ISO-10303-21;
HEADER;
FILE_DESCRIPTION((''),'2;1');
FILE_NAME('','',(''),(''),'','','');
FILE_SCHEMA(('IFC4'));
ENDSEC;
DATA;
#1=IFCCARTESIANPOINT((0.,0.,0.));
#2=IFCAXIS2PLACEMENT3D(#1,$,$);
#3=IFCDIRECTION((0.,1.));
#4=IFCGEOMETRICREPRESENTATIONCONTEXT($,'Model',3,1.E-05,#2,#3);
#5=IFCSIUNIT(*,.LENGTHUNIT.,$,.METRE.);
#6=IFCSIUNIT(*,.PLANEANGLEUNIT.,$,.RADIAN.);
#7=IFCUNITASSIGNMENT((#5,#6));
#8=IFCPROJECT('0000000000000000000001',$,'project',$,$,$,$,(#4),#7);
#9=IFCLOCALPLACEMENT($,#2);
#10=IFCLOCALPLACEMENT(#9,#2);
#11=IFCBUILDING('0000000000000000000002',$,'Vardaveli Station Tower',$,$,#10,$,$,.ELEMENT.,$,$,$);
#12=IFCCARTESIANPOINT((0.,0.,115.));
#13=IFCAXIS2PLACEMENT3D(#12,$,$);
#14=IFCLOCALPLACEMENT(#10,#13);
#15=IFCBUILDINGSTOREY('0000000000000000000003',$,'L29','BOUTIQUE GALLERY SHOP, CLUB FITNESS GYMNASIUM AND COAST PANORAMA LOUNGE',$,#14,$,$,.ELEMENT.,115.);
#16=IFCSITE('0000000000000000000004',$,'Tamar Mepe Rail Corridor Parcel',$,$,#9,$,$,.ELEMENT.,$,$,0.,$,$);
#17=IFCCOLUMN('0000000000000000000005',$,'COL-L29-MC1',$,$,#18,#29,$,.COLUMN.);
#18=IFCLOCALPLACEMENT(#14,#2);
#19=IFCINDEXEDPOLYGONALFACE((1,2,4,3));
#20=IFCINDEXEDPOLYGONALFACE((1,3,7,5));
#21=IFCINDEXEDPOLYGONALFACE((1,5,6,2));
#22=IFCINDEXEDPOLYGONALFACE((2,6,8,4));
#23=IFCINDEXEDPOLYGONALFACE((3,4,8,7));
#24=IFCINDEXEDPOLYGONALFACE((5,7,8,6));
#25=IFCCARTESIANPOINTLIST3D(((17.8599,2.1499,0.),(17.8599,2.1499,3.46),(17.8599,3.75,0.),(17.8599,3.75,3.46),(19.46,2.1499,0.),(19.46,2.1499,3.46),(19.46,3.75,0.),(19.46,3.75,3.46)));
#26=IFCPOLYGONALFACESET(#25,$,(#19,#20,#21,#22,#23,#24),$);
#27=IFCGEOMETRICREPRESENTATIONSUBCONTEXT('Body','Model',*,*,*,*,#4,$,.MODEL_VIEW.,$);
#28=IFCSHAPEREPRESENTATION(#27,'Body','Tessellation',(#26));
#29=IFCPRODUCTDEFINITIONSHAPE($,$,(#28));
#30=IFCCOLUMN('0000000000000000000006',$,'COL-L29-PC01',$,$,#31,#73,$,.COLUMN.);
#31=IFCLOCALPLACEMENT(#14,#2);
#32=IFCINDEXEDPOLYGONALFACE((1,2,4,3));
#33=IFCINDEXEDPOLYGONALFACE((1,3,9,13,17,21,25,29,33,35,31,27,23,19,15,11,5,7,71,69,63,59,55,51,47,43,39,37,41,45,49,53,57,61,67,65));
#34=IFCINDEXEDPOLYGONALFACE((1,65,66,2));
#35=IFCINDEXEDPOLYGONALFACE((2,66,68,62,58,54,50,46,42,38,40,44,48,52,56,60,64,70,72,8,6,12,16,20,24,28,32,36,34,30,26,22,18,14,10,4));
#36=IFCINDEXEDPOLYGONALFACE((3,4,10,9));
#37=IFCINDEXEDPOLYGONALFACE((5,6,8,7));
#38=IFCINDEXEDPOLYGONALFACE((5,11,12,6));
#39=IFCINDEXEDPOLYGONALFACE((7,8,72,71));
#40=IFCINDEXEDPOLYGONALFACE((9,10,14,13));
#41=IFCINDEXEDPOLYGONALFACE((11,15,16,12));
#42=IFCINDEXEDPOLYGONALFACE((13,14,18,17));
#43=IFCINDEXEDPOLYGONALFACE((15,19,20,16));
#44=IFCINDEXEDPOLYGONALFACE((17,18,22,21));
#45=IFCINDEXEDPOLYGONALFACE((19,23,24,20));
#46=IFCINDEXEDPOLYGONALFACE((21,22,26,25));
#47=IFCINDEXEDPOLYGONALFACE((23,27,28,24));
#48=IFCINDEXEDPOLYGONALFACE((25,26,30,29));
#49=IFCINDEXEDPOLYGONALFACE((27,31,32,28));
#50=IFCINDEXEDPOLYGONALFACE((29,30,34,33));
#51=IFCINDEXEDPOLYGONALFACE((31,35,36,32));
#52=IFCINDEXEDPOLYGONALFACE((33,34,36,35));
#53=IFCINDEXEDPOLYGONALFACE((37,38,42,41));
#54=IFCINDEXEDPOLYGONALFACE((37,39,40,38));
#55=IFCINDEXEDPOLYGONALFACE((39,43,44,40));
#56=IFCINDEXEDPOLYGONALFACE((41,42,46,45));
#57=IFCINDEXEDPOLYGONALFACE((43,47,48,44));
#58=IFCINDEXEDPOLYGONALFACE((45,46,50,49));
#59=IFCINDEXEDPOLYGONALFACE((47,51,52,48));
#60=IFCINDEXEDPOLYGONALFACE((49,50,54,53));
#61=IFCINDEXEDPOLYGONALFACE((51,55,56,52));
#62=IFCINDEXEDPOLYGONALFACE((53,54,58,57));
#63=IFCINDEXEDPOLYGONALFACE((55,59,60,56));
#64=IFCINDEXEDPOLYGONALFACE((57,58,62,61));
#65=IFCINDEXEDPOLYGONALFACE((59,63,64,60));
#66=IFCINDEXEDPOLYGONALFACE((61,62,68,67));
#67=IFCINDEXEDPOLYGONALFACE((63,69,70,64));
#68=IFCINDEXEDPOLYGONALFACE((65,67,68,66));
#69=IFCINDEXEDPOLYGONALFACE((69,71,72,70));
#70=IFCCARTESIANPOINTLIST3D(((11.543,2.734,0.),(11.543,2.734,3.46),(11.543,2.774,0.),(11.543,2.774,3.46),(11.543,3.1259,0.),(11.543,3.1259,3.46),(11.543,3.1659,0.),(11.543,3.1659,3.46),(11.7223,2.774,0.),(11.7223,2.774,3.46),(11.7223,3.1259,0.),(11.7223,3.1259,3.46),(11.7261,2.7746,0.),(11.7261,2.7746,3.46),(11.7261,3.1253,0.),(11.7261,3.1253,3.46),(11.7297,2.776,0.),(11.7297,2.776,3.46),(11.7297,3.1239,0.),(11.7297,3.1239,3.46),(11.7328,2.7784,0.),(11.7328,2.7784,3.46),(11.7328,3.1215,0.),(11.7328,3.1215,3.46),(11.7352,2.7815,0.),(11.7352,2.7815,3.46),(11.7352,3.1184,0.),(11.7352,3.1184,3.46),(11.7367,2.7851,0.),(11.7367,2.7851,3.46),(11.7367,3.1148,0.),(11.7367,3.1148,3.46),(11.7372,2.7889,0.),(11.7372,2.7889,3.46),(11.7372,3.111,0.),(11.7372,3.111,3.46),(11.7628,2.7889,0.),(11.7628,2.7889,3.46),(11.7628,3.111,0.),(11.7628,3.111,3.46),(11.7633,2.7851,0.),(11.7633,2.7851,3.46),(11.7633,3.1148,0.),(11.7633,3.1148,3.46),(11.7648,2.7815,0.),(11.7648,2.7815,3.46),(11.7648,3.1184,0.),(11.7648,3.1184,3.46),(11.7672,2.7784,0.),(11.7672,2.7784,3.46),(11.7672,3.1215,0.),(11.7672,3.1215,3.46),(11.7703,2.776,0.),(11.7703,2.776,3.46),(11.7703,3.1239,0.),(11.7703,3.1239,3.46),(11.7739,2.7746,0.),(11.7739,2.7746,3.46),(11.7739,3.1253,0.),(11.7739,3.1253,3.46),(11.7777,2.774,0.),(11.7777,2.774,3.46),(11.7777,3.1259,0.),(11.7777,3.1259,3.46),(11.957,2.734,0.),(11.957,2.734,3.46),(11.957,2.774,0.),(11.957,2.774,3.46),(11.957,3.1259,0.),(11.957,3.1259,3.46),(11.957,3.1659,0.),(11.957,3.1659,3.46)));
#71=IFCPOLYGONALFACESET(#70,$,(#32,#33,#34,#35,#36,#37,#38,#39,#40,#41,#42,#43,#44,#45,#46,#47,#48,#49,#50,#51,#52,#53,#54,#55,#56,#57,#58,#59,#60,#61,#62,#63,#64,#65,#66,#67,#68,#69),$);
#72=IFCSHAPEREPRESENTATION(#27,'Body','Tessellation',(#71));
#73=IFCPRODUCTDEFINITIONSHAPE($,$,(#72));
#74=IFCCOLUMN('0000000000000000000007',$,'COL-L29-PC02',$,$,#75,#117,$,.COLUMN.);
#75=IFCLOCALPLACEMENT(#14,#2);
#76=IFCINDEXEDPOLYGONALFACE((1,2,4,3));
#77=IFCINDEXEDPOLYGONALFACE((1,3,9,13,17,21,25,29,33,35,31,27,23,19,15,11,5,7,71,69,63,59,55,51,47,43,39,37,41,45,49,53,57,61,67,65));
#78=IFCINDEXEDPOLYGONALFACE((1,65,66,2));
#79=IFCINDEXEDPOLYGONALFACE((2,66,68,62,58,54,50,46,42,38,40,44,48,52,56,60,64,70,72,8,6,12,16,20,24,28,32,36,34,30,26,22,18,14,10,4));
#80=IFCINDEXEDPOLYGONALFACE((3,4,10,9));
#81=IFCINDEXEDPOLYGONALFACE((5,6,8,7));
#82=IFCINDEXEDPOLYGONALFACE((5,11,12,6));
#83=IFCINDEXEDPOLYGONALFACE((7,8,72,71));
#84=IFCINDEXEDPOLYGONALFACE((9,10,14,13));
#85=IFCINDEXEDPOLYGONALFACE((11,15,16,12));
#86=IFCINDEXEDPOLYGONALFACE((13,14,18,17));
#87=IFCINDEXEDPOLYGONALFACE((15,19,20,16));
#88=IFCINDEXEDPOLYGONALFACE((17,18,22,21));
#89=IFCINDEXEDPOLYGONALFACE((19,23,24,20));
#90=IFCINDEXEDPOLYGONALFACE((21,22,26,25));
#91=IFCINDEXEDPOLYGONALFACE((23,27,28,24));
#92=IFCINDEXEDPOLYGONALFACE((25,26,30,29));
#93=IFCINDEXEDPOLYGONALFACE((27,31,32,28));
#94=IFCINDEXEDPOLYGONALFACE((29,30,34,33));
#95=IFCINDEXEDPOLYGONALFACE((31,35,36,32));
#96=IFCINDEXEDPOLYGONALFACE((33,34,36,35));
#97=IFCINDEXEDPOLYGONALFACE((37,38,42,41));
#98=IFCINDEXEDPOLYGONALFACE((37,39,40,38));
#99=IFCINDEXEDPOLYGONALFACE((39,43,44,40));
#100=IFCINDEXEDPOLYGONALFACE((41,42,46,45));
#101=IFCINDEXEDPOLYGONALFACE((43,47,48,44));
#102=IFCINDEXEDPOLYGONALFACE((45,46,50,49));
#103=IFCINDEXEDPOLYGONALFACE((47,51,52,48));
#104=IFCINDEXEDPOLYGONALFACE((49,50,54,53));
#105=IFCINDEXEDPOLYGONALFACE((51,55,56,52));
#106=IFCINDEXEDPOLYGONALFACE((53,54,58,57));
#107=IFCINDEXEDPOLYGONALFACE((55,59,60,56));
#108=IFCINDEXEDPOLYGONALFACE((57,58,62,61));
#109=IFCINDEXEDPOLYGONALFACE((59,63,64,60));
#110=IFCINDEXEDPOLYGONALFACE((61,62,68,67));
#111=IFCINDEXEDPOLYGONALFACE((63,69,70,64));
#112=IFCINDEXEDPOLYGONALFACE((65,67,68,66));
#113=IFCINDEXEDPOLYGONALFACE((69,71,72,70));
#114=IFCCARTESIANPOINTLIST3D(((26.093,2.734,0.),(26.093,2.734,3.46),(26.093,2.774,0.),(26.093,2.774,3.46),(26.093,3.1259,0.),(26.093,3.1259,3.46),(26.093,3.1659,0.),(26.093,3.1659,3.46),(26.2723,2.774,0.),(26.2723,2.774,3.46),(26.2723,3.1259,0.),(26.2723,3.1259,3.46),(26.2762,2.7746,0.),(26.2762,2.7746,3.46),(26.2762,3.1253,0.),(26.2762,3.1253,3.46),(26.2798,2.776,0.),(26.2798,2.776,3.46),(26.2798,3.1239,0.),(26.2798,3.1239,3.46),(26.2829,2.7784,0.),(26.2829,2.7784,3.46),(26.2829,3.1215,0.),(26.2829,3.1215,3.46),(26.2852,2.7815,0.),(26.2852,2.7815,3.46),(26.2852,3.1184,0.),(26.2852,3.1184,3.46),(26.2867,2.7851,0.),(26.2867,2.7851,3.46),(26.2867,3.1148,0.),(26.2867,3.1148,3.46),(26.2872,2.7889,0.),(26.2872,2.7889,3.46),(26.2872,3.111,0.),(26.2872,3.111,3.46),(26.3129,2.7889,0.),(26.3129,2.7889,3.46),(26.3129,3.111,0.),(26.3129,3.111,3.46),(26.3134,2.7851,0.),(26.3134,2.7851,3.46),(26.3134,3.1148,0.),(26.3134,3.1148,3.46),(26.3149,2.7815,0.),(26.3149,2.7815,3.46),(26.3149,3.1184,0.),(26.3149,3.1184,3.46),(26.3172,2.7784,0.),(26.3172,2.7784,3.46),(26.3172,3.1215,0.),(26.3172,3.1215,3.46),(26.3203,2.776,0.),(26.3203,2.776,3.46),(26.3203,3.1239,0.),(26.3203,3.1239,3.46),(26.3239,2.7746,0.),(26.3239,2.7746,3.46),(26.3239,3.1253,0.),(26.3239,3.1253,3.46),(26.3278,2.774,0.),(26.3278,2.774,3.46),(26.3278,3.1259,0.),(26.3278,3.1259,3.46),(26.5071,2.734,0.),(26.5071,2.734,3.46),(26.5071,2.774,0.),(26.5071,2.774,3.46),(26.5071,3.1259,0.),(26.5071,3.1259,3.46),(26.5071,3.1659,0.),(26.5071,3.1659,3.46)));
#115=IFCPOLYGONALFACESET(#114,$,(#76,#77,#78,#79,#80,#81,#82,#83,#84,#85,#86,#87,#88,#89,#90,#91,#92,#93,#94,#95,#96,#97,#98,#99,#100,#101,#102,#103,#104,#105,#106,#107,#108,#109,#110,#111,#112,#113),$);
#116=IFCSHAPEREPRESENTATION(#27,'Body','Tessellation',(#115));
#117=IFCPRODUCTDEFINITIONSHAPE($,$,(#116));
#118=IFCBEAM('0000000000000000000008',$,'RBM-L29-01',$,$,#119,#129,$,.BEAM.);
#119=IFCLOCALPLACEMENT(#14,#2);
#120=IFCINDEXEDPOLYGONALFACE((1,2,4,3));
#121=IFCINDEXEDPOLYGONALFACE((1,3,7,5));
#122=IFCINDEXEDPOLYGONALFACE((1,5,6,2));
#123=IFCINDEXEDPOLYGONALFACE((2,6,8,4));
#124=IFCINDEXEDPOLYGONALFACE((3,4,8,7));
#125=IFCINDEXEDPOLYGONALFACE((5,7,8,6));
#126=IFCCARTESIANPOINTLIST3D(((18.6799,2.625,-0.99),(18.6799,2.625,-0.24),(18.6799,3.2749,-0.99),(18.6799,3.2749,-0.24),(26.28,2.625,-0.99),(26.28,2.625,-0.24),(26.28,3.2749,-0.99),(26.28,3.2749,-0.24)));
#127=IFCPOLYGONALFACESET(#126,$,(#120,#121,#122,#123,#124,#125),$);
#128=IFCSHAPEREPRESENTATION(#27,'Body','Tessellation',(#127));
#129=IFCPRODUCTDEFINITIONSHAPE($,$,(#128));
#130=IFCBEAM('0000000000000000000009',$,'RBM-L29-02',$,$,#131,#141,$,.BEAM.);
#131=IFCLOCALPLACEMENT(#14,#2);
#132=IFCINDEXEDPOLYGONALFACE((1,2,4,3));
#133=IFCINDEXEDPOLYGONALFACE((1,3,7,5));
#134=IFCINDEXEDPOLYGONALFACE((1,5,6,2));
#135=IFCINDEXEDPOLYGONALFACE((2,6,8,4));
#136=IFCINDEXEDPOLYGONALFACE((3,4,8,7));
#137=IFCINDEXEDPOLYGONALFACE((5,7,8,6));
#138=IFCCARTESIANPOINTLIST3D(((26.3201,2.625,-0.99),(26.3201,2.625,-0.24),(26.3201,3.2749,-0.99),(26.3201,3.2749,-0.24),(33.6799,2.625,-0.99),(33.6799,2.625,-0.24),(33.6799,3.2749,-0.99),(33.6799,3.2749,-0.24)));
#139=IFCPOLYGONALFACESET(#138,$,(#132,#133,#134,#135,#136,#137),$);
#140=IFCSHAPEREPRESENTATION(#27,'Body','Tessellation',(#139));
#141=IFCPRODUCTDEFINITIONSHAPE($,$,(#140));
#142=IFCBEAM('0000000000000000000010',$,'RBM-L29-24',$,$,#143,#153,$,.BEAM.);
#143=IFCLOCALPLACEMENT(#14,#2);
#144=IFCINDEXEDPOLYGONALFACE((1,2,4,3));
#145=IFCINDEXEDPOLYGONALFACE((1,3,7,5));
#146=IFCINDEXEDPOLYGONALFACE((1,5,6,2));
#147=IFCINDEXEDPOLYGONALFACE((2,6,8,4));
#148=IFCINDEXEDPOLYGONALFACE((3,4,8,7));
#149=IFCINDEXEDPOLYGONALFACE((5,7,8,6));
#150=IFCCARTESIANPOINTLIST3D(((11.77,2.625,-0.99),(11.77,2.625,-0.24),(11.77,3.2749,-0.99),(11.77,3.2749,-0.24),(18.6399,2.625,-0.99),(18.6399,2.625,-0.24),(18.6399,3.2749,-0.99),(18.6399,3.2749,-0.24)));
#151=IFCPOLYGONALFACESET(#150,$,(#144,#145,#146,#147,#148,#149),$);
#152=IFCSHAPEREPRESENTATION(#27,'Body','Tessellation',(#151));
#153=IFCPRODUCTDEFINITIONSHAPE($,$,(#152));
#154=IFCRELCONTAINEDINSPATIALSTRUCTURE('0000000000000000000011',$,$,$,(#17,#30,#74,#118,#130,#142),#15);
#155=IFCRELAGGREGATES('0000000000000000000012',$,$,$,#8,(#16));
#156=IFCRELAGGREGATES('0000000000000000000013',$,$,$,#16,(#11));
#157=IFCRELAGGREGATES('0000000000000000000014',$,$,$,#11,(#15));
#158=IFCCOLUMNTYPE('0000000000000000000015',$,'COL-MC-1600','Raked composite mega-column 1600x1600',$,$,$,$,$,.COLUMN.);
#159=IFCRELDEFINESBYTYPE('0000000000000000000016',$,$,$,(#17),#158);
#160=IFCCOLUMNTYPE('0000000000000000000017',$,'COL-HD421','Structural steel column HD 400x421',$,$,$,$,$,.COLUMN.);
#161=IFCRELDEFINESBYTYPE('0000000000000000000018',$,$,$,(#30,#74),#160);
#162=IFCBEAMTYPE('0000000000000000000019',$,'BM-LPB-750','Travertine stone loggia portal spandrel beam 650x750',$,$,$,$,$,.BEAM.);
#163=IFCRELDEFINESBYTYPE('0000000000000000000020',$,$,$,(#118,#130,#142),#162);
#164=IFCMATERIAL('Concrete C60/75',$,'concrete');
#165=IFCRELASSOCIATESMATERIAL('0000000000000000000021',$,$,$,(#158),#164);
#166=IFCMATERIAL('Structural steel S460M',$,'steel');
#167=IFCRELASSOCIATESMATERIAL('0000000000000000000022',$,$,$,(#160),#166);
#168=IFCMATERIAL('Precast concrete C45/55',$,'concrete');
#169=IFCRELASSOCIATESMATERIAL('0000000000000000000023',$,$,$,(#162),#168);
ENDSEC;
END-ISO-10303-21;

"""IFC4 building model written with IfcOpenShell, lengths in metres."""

from ifc_helpers import new_model, si_unit, direction, frame, origin, origin_2d, place, context, subcontext, project, spatial, rectangle, i_section, extrude, source, transform, mapped, material, material_profile, profile_set, type_object, element, save


model = new_model("IFC4")

# Units and contexts
model_context = context("Model", 3, precision=1e-05, world=origin(), true_north=direction((0.0, 1.0)))
body_context = subcontext(model_context, "Body", "Model", "MODEL_VIEW")
ifc_project = project(units=[si_unit("LENGTHUNIT", "METRE"), si_unit("PLANEANGLEUNIT", "RADIAN")], contexts=[model_context])

# Site, building, storey
site_placement = place(None, origin())
site = spatial("IfcSite", under=ifc_project, at=site_placement, Name="Tamar Mepe Rail Corridor Parcel", CompositionType="ELEMENT", RefElevation=0.0)
building_placement = place(site_placement, origin())
building = spatial("IfcBuilding", under=site, at=building_placement, Name="Vardaveli Station Tower", CompositionType="ELEMENT")
storey_placement = place(building_placement, frame((0.0, 0.0, 115.0)))
storey = spatial("IfcBuildingStorey", under=building, at=storey_placement, Name="L29", Description="BOUTIQUE GALLERY SHOP, CLUB FITNESS GYMNASIUM AND COAST PANORAMA LOUNGE", CompositionType="ELEMENT", Elevation=115.0)

# Columns
ifc_material_1 = material(Name="Concrete C60/75", Category="concrete")
ifc_material_profile_1 = material_profile(ifc_material_1, rectangle(XDim=1.6001, YDim=1.6001, at=origin_2d()), Name="MC 1600x1600")
ifc_profile_set_1 = profile_set([ifc_material_profile_1], Name="Concrete C60/75")
column_type_1 = type_object("IfcColumnType", Name="COL-MC-1600", Description="Raked composite mega-column 1600x1600", PredefinedType="COLUMN", material=ifc_profile_set_1)
shared_shape_1 = source(origin(), body_context, "Body", "SweptSolid", [
    extrude(rectangle(XDim=1.6001, YDim=1.6001, at=origin_2d()), origin(), (0.0, 0.0, 1.0), 3.46),
])
column_placement = place(storey_placement, frame((18.6599, 2.95, 0.0), z_axis=(0.0, 0.0, 1.0), x_axis=(1.0, 0.0, 0.0)))
element("IfcColumn", 1, at=column_placement, inside=storey, type_object=column_type_1, Name="COL-L29-MC1", PredefinedType="COLUMN", context=body_context, shape_type="MappedRepresentation", body=[
    mapped(shared_shape_1, transform((0.0, 0.0, 0.0), scale=1.0)),
])
ifc_material_2 = material(Name="Structural steel S460M", Category="steel")
ifc_material_profile_2 = material_profile(ifc_material_2, i_section(OverallWidth=0.4141, OverallDepth=0.4319, WebThickness=0.0256, FlangeThickness=0.04, FilletRadius=0.0149, at=origin_2d()), Name="HD 400x421")
ifc_profile_set_2 = profile_set([ifc_material_profile_2], Name="Structural steel S460M")
column_type_2 = type_object("IfcColumnType", Name="COL-HD421", Description="Structural steel column HD 400x421", PredefinedType="COLUMN", material=ifc_profile_set_2)
shared_shape_2 = source(origin(), body_context, "Body", "SweptSolid", [
    extrude(i_section(OverallWidth=0.4141, OverallDepth=0.4319, WebThickness=0.0256, FlangeThickness=0.04, FilletRadius=0.0149, at=origin_2d()), origin(), (0.0, 0.0, 1.0), 3.46),
])
for number, where, z_axis, x_axis, name in (
    (2, (11.75, 2.95, 0.0), (0.0, 0.0, 1.0), (1.0, 0.0, 0.0), "COL-L29-PC01"),
    (3, (26.3, 2.95, 0.0), (0.0, 0.0, 1.0), (1.0, 0.0, 0.0), "COL-L29-PC02"),
):
    element("IfcColumn", number, at=place(storey_placement, frame(where, z_axis=z_axis, x_axis=x_axis)), inside=storey, type_object=column_type_2, Name=name, PredefinedType="COLUMN", context=body_context, shape_type="MappedRepresentation", body=[
        mapped(shared_shape_2, transform((0.0, 0.0, 0.0), scale=1.0)),
    ])

# Beams
ifc_material_3 = material(Name="Precast concrete C45/55", Category="concrete")
ifc_material_profile_3 = material_profile(ifc_material_3, rectangle(XDim=0.6499, YDim=0.75, at=origin_2d()), Name="LPB 650x750")
ifc_profile_set_3 = profile_set([ifc_material_profile_3], Name="Precast concrete C45/55")
beam_type_1 = type_object("IfcBeamType", Name="BM-LPB-750", Description="Travertine stone loggia portal spandrel beam 650x750", PredefinedType="BEAM", material=ifc_profile_set_3)
shared_shape_3 = source(origin(), body_context, "Body", "SweptSolid", [
    extrude(rectangle(XDim=0.6499, YDim=0.75, at=origin_2d()), origin(), (0.0, 0.0, 1.0), 7.6001),
])
beam_1_placement = place(storey_placement, frame((18.6799, 2.95, -0.615), z_axis=(1.0, 0.0, 0.0), x_axis=(0.0, 1.0, 0.0)))
element("IfcBeam", 4, at=beam_1_placement, inside=storey, type_object=beam_type_1, Name="RBM-L29-01", PredefinedType="BEAM", context=body_context, shape_type="MappedRepresentation", body=[
    mapped(shared_shape_3, transform((0.0, 0.0, 0.0), scale=1.0)),
])
shared_shape_4 = source(origin(), body_context, "Body", "SweptSolid", [
    extrude(rectangle(XDim=0.6499, YDim=0.75, at=origin_2d()), origin(), (0.0, 0.0, 1.0), 7.3599),
])
beam_2_placement = place(storey_placement, frame((26.3201, 2.95, -0.615), z_axis=(1.0, 0.0, 0.0), x_axis=(0.0, 1.0, 0.0)))
element("IfcBeam", 5, at=beam_2_placement, inside=storey, type_object=beam_type_1, Name="RBM-L29-02", PredefinedType="BEAM", context=body_context, shape_type="MappedRepresentation", body=[
    mapped(shared_shape_4, transform((0.0, 0.0, 0.0), scale=1.0)),
])
shared_shape_5 = source(origin(), body_context, "Body", "SweptSolid", [
    extrude(rectangle(XDim=0.6499, YDim=0.75, at=origin_2d()), origin(), (0.0, 0.0, 1.0), 6.8699),
])
beam_3_placement = place(storey_placement, frame((11.77, 2.95, -0.615), z_axis=(1.0, 0.0, 0.0), x_axis=(0.0, 1.0, 0.0)))
element("IfcBeam", 6, at=beam_3_placement, inside=storey, type_object=beam_type_1, Name="RBM-L29-24", PredefinedType="BEAM", context=body_context, shape_type="MappedRepresentation", body=[
    mapped(shared_shape_5, transform((0.0, 0.0, 0.0), scale=1.0)),
])

save(model, "model.ifc")
